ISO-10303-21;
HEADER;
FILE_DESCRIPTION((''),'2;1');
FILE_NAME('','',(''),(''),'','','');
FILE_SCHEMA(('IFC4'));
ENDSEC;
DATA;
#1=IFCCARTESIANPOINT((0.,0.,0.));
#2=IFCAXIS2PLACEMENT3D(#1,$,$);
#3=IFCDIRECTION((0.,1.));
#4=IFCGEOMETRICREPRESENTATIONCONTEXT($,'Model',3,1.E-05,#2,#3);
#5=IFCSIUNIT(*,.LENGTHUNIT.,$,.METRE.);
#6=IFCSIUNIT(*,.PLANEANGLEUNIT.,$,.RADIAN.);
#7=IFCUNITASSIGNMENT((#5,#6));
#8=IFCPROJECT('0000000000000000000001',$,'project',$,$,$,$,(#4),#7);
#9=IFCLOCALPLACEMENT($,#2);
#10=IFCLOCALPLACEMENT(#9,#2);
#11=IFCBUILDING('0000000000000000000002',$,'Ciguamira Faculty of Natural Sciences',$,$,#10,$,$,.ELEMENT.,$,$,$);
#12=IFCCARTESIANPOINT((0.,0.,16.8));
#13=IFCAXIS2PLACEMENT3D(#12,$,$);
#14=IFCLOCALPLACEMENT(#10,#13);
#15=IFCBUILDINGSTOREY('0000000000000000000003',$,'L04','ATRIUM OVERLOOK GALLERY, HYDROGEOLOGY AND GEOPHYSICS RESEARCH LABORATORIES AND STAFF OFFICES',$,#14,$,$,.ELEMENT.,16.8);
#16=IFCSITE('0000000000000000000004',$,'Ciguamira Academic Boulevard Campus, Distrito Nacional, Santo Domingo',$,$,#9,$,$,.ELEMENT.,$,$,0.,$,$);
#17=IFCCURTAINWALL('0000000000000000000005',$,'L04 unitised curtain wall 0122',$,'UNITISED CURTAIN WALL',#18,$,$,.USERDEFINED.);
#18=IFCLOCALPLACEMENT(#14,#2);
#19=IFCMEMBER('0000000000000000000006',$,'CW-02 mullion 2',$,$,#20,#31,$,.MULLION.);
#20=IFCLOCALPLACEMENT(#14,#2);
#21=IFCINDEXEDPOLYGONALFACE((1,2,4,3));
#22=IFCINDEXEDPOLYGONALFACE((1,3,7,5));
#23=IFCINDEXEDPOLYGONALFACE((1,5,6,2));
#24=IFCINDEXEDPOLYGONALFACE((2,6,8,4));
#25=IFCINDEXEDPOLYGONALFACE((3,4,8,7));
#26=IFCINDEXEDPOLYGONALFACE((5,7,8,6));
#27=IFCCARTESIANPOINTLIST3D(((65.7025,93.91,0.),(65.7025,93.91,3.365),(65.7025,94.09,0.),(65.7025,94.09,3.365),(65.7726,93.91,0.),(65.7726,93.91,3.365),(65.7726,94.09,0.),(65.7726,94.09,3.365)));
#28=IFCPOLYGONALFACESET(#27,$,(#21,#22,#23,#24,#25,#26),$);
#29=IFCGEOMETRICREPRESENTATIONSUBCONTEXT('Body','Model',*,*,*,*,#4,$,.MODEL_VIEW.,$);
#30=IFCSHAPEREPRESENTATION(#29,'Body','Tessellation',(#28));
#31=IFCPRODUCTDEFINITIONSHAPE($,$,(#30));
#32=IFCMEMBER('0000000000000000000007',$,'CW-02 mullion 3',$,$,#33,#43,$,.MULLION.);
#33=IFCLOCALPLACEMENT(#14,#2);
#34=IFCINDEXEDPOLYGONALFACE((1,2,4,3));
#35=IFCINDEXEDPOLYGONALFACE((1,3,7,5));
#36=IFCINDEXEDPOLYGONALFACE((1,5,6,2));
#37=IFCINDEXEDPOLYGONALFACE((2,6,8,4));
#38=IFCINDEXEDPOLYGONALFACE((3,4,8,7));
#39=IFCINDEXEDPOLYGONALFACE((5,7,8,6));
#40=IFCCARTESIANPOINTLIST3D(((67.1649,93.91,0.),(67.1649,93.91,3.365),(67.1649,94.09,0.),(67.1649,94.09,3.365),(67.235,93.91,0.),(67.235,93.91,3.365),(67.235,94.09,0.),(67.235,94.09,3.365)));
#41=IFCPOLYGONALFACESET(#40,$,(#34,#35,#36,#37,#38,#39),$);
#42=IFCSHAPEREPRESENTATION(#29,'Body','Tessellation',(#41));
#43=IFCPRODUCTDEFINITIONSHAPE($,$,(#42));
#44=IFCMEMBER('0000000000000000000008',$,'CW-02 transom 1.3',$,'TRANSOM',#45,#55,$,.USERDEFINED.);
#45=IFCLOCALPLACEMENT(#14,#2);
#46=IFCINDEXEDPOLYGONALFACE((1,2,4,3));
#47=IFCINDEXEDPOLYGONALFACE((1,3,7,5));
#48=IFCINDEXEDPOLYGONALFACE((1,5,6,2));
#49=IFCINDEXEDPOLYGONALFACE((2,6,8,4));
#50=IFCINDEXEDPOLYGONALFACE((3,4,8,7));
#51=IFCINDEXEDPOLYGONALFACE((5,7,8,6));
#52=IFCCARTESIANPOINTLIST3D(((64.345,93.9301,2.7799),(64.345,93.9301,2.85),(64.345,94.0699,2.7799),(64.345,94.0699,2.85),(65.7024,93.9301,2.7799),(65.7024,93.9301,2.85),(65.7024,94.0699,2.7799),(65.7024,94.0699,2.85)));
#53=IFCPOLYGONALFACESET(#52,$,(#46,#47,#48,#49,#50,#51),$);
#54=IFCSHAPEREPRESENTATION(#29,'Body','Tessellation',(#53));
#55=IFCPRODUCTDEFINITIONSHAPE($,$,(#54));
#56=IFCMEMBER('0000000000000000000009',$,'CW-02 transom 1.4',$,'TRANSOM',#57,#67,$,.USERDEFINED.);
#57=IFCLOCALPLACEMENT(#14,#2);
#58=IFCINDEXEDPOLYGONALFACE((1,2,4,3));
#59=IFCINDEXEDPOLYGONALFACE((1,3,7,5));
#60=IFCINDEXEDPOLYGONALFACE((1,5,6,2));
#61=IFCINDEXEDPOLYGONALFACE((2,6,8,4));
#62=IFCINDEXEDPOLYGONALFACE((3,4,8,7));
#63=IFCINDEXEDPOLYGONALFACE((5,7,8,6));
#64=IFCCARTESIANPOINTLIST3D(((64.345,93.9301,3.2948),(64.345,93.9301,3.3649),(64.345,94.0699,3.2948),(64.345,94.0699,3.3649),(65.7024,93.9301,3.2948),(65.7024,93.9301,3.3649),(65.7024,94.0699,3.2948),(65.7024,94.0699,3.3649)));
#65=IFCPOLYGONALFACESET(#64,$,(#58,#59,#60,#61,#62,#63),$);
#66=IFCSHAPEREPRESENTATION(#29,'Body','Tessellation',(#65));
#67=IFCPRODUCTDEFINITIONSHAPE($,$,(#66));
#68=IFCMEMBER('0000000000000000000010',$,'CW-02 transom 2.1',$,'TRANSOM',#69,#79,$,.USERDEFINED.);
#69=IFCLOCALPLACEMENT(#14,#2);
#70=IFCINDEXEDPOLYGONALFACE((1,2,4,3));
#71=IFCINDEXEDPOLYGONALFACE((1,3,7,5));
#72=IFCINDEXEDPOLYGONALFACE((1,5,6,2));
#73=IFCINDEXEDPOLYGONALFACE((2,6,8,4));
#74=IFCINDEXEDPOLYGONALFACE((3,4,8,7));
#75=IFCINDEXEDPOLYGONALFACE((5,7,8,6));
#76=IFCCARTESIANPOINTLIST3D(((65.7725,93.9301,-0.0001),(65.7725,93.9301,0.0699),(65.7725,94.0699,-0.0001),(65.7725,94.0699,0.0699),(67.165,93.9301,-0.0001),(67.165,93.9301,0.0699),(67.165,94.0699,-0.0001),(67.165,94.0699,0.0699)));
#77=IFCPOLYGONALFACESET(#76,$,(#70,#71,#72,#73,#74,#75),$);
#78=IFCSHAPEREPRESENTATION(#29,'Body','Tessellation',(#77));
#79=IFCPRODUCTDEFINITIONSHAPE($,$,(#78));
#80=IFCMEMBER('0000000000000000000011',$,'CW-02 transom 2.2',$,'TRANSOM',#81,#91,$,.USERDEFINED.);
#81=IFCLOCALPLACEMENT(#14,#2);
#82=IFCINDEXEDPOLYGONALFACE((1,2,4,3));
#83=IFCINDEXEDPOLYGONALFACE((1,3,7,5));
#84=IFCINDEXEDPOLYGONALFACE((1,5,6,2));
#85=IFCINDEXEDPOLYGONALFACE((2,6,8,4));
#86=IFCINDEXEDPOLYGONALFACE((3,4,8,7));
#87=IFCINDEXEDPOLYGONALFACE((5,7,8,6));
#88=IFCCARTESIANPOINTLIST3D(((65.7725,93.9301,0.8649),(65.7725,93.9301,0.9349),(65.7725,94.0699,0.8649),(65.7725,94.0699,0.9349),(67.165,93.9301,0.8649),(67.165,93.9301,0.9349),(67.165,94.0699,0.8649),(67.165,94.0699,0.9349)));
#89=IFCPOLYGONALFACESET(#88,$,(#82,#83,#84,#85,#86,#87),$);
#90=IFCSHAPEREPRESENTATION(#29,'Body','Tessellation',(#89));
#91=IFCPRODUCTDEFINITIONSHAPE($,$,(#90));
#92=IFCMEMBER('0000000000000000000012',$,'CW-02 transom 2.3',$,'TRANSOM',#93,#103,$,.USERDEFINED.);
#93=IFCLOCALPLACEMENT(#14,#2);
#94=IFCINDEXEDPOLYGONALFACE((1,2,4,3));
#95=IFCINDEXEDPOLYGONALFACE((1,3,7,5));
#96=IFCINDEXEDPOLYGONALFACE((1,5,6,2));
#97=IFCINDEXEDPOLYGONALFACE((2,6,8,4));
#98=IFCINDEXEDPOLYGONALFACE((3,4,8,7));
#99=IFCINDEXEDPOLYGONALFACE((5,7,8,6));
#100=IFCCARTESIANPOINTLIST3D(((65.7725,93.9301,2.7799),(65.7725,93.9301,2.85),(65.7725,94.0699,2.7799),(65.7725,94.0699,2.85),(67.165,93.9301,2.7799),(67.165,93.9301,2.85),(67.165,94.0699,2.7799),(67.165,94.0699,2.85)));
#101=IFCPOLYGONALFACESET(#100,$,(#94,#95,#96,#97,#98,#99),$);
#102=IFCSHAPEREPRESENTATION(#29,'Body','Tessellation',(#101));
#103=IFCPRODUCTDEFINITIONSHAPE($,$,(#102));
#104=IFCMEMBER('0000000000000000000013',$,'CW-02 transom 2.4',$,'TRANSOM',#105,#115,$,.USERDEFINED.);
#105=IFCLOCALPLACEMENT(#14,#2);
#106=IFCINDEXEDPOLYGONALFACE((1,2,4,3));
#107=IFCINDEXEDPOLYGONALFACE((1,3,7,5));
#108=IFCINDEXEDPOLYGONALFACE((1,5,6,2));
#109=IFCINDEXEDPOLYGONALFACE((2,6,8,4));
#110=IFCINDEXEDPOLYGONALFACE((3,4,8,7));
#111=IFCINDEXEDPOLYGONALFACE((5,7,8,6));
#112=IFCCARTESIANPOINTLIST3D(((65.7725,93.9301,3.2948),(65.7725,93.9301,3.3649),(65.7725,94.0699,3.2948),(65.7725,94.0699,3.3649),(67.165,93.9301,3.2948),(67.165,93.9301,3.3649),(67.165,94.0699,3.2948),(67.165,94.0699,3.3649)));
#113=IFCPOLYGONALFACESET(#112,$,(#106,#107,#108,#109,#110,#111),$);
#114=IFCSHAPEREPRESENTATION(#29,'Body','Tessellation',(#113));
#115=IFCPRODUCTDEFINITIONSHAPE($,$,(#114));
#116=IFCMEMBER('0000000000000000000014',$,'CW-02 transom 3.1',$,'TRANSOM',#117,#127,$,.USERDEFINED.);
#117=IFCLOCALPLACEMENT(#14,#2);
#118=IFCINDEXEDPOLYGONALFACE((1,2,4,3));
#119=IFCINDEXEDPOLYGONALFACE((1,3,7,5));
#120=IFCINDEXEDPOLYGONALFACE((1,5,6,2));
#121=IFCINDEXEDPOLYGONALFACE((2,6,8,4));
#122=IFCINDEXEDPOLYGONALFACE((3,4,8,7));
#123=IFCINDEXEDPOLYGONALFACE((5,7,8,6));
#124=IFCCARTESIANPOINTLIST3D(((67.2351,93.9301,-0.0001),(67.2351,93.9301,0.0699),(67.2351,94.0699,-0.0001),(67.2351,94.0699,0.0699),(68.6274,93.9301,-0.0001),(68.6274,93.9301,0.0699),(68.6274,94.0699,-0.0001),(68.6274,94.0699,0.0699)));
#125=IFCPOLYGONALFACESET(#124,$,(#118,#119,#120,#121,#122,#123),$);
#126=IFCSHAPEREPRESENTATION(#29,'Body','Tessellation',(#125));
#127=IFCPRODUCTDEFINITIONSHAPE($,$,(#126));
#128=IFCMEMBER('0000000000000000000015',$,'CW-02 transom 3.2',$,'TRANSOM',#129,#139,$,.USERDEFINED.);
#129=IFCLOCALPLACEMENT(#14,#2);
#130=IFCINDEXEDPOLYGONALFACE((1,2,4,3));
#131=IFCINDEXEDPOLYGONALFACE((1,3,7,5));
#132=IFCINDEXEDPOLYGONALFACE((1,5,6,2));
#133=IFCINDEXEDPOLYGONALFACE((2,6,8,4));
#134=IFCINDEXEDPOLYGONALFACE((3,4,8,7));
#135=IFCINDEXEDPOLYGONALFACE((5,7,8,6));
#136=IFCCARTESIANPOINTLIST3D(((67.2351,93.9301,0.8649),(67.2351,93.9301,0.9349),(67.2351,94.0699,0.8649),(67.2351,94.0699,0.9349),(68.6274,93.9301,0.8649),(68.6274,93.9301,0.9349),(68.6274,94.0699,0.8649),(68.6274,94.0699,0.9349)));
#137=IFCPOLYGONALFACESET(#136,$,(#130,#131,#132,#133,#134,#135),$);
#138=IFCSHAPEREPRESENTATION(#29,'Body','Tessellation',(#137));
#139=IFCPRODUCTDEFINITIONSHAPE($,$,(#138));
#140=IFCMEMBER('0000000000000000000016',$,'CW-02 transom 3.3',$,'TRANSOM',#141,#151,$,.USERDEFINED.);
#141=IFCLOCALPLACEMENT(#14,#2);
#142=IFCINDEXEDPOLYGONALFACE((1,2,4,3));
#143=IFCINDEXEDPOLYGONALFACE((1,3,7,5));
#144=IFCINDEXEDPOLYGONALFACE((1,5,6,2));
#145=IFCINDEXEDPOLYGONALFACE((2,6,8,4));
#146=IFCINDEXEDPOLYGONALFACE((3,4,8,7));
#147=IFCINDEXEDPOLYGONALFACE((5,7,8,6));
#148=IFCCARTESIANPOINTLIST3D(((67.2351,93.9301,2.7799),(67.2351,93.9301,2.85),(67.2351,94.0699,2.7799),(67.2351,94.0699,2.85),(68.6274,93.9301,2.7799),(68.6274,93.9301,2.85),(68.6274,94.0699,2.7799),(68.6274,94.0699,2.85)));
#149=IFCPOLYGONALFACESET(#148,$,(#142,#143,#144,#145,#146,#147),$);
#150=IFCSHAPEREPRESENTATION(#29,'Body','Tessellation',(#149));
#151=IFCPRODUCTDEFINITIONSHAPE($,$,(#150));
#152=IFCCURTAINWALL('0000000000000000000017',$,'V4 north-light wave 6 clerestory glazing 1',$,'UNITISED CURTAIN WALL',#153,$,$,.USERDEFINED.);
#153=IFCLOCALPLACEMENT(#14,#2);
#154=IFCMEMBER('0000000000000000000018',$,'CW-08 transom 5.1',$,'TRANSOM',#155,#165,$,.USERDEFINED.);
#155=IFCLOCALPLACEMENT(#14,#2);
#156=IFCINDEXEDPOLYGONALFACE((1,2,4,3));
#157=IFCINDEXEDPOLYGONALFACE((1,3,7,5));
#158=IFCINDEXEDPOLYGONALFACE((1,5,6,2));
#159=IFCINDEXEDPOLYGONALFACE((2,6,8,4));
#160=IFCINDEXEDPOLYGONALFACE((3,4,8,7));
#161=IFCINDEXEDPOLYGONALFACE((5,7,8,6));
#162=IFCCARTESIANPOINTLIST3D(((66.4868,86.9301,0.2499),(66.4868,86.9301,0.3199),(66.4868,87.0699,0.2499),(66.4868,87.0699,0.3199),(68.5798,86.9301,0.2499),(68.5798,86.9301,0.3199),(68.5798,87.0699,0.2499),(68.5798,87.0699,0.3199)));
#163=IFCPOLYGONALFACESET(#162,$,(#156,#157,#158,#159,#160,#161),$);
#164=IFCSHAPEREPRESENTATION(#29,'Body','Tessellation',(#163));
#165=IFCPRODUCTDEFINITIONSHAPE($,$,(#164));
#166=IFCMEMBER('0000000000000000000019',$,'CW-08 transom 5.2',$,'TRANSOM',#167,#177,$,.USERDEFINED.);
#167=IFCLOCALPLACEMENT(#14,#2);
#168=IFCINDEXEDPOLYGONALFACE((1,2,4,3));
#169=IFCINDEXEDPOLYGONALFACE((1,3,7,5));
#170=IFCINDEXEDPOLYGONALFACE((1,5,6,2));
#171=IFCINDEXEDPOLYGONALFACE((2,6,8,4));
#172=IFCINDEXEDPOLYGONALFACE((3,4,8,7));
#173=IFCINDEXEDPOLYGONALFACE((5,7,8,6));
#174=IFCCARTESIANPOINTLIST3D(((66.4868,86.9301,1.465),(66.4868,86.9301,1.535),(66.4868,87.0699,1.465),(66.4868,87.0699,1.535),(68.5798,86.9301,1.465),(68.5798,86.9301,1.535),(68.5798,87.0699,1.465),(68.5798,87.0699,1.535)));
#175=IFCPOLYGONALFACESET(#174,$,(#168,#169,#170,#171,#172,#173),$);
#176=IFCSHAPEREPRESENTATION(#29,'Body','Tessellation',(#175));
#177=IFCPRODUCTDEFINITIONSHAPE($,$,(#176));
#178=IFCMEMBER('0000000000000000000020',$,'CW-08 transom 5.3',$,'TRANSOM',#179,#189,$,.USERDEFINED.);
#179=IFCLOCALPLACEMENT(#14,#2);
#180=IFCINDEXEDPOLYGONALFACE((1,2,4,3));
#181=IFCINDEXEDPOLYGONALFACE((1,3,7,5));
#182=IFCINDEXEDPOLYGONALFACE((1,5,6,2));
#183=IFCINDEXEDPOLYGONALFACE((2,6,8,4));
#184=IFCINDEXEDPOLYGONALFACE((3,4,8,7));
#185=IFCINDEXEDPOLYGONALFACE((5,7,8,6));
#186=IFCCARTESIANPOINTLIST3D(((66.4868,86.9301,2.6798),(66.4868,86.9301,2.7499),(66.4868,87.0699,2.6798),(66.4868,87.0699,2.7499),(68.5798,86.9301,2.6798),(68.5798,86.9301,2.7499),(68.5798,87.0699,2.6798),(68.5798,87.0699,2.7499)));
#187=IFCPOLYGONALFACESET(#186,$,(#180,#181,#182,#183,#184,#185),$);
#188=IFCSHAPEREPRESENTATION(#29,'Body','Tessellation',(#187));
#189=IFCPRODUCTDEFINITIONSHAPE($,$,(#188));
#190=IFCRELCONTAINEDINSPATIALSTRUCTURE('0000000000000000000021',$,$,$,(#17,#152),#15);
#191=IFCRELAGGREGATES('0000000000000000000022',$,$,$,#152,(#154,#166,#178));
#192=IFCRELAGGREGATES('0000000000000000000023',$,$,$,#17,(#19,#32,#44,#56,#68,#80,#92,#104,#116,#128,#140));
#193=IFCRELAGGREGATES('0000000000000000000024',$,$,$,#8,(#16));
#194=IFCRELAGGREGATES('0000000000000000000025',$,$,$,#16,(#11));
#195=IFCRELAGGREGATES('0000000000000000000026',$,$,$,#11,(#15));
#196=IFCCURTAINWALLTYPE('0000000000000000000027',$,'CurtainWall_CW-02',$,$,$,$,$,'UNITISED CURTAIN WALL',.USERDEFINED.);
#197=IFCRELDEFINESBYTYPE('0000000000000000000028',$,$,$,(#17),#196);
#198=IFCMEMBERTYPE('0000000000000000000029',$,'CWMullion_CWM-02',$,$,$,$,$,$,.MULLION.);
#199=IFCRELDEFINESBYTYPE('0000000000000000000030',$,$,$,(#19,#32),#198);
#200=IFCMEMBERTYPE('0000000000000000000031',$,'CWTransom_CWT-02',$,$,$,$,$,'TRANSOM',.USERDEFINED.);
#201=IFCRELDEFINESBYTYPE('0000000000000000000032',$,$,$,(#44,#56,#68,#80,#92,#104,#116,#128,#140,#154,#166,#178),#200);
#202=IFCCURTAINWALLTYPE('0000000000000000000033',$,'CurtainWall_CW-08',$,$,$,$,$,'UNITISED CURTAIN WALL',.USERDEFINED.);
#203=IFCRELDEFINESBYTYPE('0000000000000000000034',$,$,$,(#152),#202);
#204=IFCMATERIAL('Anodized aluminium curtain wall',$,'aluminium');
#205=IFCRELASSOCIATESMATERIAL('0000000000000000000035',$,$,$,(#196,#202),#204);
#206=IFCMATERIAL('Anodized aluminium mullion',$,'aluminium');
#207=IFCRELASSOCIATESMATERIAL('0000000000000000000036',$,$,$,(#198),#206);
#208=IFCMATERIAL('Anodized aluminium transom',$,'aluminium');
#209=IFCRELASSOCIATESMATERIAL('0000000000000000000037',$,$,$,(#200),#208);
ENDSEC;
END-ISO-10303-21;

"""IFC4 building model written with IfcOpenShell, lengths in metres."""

from ifc_helpers import new_model, si_unit, direction, frame, origin, origin_2d, place, context, subcontext, project, spatial, rectangle, extrude, material, material_profile, profile_set, type_object, element, aggregate, save


model = new_model("IFC4")

# Units and contexts
model_context = context("Model", 3, precision=1e-05, world=origin(), true_north=direction((0.0, 1.0)))
body_context = subcontext(model_context, "Body", "Model", "MODEL_VIEW")
ifc_project = project(units=[si_unit("LENGTHUNIT", "METRE"), si_unit("PLANEANGLEUNIT", "RADIAN")], contexts=[model_context])

# Site, building, storey
site_placement = place(None, origin())
site = spatial("IfcSite", under=ifc_project, at=site_placement, Name="Ciguamira Academic Boulevard Campus, Distrito Nacional, Santo Domingo", CompositionType="ELEMENT", RefElevation=0.0)
building_placement = place(site_placement, origin())
building = spatial("IfcBuilding", under=site, at=building_placement, Name="Ciguamira Faculty of Natural Sciences", CompositionType="ELEMENT")
storey_placement = place(building_placement, frame((0.0, 0.0, 16.8)))
storey = spatial("IfcBuildingStorey", under=building, at=storey_placement, Name="L04", Description="ATRIUM OVERLOOK GALLERY, HYDROGEOLOGY AND GEOPHYSICS RESEARCH LABORATORIES AND STAFF OFFICES", CompositionType="ELEMENT", Elevation=16.8)

# Curtain walls, members
ifc_material_1 = material(Name="Anodized aluminium curtain wall", Category="aluminium")
curtain_wall_type_1 = type_object("IfcCurtainWallType", Name="CurtainWall_CW-02", ElementType="UNITISED CURTAIN WALL", PredefinedType="USERDEFINED", material=ifc_material_1)
curtain_wall_1_placement = place(storey_placement, origin())
curtain_wall_1 = element("IfcCurtainWall", 1, at=curtain_wall_1_placement, inside=storey, type_object=curtain_wall_type_1, Name="L04 unitised curtain wall 0122", ObjectType="UNITISED CURTAIN WALL", PredefinedType="USERDEFINED")
ifc_material_2 = material(Name="Anodized aluminium mullion", Category="aluminium")
ifc_material_profile_1 = material_profile(ifc_material_2, rectangle(XDim=0.0701, YDim=0.1799, at=origin_2d()), Name="ALU-MUL-70X180")
ifc_profile_set_1 = profile_set([ifc_material_profile_1], Name="Anodized aluminium mullion")
member_type_1 = type_object("IfcMemberType", Name="CWMullion_CWM-02", PredefinedType="MULLION", material=ifc_profile_set_1)
member_1_placement = place(storey_placement, frame((65.7375, 94.0, 0.0), z_axis=(0.0, 0.0, 1.0), x_axis=(1.0, 0.0, 0.0)))
member_1 = element("IfcMember", 2, at=member_1_placement, type_object=member_type_1, Name="CW-02 mullion 2", PredefinedType="MULLION", context=body_context, shape_type="SweptSolid", body=[
    extrude(rectangle(XDim=0.0701, YDim=0.1799, at=origin_2d()), origin(), (0.0, 0.0, 1.0), 3.365),
])
member_2_placement = place(storey_placement, frame((67.2, 94.0, 0.0), z_axis=(0.0, 0.0, 1.0), x_axis=(1.0, 0.0, 0.0)))
member_2 = element("IfcMember", 3, at=member_2_placement, type_object=member_type_1, Name="CW-02 mullion 3", PredefinedType="MULLION", context=body_context, shape_type="SweptSolid", body=[
    extrude(rectangle(XDim=0.0701, YDim=0.1799, at=origin_2d()), origin(), (0.0, 0.0, 1.0), 3.365),
])
ifc_material_3 = material(Name="Anodized aluminium transom", Category="aluminium")
ifc_material_profile_2 = material_profile(ifc_material_3, rectangle(XDim=0.0701, YDim=0.1399, at=origin_2d()), Name="ALU-TRN-70X140")
ifc_profile_set_2 = profile_set([ifc_material_profile_2], Name="Anodized aluminium transom")
member_type_2 = type_object("IfcMemberType", Name="CWTransom_CWT-02", ElementType="TRANSOM", PredefinedType="USERDEFINED", material=ifc_profile_set_2)
member_3_placement = place(storey_placement, frame((64.345, 94.0, 2.8149), z_axis=(1.0, 0.0, 0.0), x_axis=(0.0, 0.0, 1.0)))
member_3 = element("IfcMember", 4, at=member_3_placement, type_object=member_type_2, Name="CW-02 transom 1.3", ObjectType="TRANSOM", PredefinedType="USERDEFINED", context=body_context, shape_type="SweptSolid", body=[
    extrude(rectangle(XDim=0.0701, YDim=0.1399, at=origin_2d()), origin(), (0.0, 0.0, 1.0), 1.3574),
])
member_4_placement = place(storey_placement, frame((64.345, 94.0, 3.3298), z_axis=(1.0, 0.0, 0.0), x_axis=(0.0, 0.0, 1.0)))
member_4 = element("IfcMember", 5, at=member_4_placement, type_object=member_type_2, Name="CW-02 transom 1.4", ObjectType="TRANSOM", PredefinedType="USERDEFINED", context=body_context, shape_type="SweptSolid", body=[
    extrude(rectangle(XDim=0.0701, YDim=0.1399, at=origin_2d()), origin(), (0.0, 0.0, 1.0), 1.3574),
])
member_5_placement = place(storey_placement, frame((65.7725, 94.0, 0.0349), z_axis=(1.0, 0.0, 0.0), x_axis=(0.0, 0.0, 1.0)))
member_5 = element("IfcMember", 6, at=member_5_placement, type_object=member_type_2, Name="CW-02 transom 2.1", ObjectType="TRANSOM", PredefinedType="USERDEFINED", context=body_context, shape_type="SweptSolid", body=[
    extrude(rectangle(XDim=0.0701, YDim=0.1399, at=origin_2d()), origin(), (0.0, 0.0, 1.0), 1.3926),
])
member_6_placement = place(storey_placement, frame((65.7725, 94.0, 0.8999), z_axis=(1.0, 0.0, 0.0), x_axis=(0.0, 0.0, 1.0)))
member_6 = element("IfcMember", 7, at=member_6_placement, type_object=member_type_2, Name="CW-02 transom 2.2", ObjectType="TRANSOM", PredefinedType="USERDEFINED", context=body_context, shape_type="SweptSolid", body=[
    extrude(rectangle(XDim=0.0701, YDim=0.1399, at=origin_2d()), origin(), (0.0, 0.0, 1.0), 1.3926),
])
member_7_placement = place(storey_placement, frame((65.7725, 94.0, 2.8149), z_axis=(1.0, 0.0, 0.0), x_axis=(0.0, 0.0, 1.0)))
member_7 = element("IfcMember", 8, at=member_7_placement, type_object=member_type_2, Name="CW-02 transom 2.3", ObjectType="TRANSOM", PredefinedType="USERDEFINED", context=body_context, shape_type="SweptSolid", body=[
    extrude(rectangle(XDim=0.0701, YDim=0.1399, at=origin_2d()), origin(), (0.0, 0.0, 1.0), 1.3926),
])
member_8_placement = place(storey_placement, frame((65.7725, 94.0, 3.3298), z_axis=(1.0, 0.0, 0.0), x_axis=(0.0, 0.0, 1.0)))
member_8 = element("IfcMember", 9, at=member_8_placement, type_object=member_type_2, Name="CW-02 transom 2.4", ObjectType="TRANSOM", PredefinedType="USERDEFINED", context=body_context, shape_type="SweptSolid", body=[
    extrude(rectangle(XDim=0.0701, YDim=0.1399, at=origin_2d()), origin(), (0.0, 0.0, 1.0), 1.3926),
])
member_9_placement = place(storey_placement, frame((67.2351, 94.0, 0.0349), z_axis=(1.0, 0.0, 0.0), x_axis=(0.0, 0.0, 1.0)))
member_9 = element("IfcMember", 10, at=member_9_placement, type_object=member_type_2, Name="CW-02 transom 3.1", ObjectType="TRANSOM", PredefinedType="USERDEFINED", context=body_context, shape_type="SweptSolid", body=[
    extrude(rectangle(XDim=0.0701, YDim=0.1399, at=origin_2d()), origin(), (0.0, 0.0, 1.0), 1.3923),
])
member_10_placement = place(storey_placement, frame((67.2351, 94.0, 0.8999), z_axis=(1.0, 0.0, 0.0), x_axis=(0.0, 0.0, 1.0)))
member_10 = element("IfcMember", 11, at=member_10_placement, type_object=member_type_2, Name="CW-02 transom 3.2", ObjectType="TRANSOM", PredefinedType="USERDEFINED", context=body_context, shape_type="SweptSolid", body=[
    extrude(rectangle(XDim=0.0701, YDim=0.1399, at=origin_2d()), origin(), (0.0, 0.0, 1.0), 1.3923),
])
member_11_placement = place(storey_placement, frame((67.2351, 94.0, 2.8149), z_axis=(1.0, 0.0, 0.0), x_axis=(0.0, 0.0, 1.0)))
member_11 = element("IfcMember", 12, at=member_11_placement, type_object=member_type_2, Name="CW-02 transom 3.3", ObjectType="TRANSOM", PredefinedType="USERDEFINED", context=body_context, shape_type="SweptSolid", body=[
    extrude(rectangle(XDim=0.0701, YDim=0.1399, at=origin_2d()), origin(), (0.0, 0.0, 1.0), 1.3923),
])
curtain_wall_type_2 = type_object("IfcCurtainWallType", Name="CurtainWall_CW-08", ElementType="UNITISED CURTAIN WALL", PredefinedType="USERDEFINED", material=ifc_material_1)
curtain_wall_2_placement = place(storey_placement, origin())
curtain_wall_2 = element("IfcCurtainWall", 13, at=curtain_wall_2_placement, inside=storey, type_object=curtain_wall_type_2, Name="V4 north-light wave 6 clerestory glazing 1", ObjectType="UNITISED CURTAIN WALL", PredefinedType="USERDEFINED")
member_12_placement = place(storey_placement, frame((66.4868, 87.0, 0.2849), z_axis=(1.0, 0.0, 0.0), x_axis=(0.0, 0.0, 1.0)))
member_12 = element("IfcMember", 14, at=member_12_placement, type_object=member_type_2, Name="CW-08 transom 5.1", ObjectType="TRANSOM", PredefinedType="USERDEFINED", context=body_context, shape_type="SweptSolid", body=[
    extrude(rectangle(XDim=0.0701, YDim=0.1399, at=origin_2d()), origin(), (0.0, 0.0, 1.0), 2.093),
])
member_13_placement = place(storey_placement, frame((66.4868, 87.0, 1.5), z_axis=(1.0, 0.0, 0.0), x_axis=(0.0, 0.0, 1.0)))
member_13 = element("IfcMember", 15, at=member_13_placement, type_object=member_type_2, Name="CW-08 transom 5.2", ObjectType="TRANSOM", PredefinedType="USERDEFINED", context=body_context, shape_type="SweptSolid", body=[
    extrude(rectangle(XDim=0.0701, YDim=0.1399, at=origin_2d()), origin(), (0.0, 0.0, 1.0), 2.093),
])
member_14_placement = place(storey_placement, frame((66.4868, 87.0, 2.7148), z_axis=(1.0, 0.0, 0.0), x_axis=(0.0, 0.0, 1.0)))
member_14 = element("IfcMember", 16, at=member_14_placement, type_object=member_type_2, Name="CW-08 transom 5.3", ObjectType="TRANSOM", PredefinedType="USERDEFINED", context=body_context, shape_type="SweptSolid", body=[
    extrude(rectangle(XDim=0.0701, YDim=0.1399, at=origin_2d()), origin(), (0.0, 0.0, 1.0), 2.093),
])
aggregate(curtain_wall_2, [member_12, member_13, member_14])

aggregate(curtain_wall_1, [member_1, member_2, member_3, member_4, member_5, member_6, member_7, member_8, member_9, member_10, member_11])

save(model, "model.ifc")
